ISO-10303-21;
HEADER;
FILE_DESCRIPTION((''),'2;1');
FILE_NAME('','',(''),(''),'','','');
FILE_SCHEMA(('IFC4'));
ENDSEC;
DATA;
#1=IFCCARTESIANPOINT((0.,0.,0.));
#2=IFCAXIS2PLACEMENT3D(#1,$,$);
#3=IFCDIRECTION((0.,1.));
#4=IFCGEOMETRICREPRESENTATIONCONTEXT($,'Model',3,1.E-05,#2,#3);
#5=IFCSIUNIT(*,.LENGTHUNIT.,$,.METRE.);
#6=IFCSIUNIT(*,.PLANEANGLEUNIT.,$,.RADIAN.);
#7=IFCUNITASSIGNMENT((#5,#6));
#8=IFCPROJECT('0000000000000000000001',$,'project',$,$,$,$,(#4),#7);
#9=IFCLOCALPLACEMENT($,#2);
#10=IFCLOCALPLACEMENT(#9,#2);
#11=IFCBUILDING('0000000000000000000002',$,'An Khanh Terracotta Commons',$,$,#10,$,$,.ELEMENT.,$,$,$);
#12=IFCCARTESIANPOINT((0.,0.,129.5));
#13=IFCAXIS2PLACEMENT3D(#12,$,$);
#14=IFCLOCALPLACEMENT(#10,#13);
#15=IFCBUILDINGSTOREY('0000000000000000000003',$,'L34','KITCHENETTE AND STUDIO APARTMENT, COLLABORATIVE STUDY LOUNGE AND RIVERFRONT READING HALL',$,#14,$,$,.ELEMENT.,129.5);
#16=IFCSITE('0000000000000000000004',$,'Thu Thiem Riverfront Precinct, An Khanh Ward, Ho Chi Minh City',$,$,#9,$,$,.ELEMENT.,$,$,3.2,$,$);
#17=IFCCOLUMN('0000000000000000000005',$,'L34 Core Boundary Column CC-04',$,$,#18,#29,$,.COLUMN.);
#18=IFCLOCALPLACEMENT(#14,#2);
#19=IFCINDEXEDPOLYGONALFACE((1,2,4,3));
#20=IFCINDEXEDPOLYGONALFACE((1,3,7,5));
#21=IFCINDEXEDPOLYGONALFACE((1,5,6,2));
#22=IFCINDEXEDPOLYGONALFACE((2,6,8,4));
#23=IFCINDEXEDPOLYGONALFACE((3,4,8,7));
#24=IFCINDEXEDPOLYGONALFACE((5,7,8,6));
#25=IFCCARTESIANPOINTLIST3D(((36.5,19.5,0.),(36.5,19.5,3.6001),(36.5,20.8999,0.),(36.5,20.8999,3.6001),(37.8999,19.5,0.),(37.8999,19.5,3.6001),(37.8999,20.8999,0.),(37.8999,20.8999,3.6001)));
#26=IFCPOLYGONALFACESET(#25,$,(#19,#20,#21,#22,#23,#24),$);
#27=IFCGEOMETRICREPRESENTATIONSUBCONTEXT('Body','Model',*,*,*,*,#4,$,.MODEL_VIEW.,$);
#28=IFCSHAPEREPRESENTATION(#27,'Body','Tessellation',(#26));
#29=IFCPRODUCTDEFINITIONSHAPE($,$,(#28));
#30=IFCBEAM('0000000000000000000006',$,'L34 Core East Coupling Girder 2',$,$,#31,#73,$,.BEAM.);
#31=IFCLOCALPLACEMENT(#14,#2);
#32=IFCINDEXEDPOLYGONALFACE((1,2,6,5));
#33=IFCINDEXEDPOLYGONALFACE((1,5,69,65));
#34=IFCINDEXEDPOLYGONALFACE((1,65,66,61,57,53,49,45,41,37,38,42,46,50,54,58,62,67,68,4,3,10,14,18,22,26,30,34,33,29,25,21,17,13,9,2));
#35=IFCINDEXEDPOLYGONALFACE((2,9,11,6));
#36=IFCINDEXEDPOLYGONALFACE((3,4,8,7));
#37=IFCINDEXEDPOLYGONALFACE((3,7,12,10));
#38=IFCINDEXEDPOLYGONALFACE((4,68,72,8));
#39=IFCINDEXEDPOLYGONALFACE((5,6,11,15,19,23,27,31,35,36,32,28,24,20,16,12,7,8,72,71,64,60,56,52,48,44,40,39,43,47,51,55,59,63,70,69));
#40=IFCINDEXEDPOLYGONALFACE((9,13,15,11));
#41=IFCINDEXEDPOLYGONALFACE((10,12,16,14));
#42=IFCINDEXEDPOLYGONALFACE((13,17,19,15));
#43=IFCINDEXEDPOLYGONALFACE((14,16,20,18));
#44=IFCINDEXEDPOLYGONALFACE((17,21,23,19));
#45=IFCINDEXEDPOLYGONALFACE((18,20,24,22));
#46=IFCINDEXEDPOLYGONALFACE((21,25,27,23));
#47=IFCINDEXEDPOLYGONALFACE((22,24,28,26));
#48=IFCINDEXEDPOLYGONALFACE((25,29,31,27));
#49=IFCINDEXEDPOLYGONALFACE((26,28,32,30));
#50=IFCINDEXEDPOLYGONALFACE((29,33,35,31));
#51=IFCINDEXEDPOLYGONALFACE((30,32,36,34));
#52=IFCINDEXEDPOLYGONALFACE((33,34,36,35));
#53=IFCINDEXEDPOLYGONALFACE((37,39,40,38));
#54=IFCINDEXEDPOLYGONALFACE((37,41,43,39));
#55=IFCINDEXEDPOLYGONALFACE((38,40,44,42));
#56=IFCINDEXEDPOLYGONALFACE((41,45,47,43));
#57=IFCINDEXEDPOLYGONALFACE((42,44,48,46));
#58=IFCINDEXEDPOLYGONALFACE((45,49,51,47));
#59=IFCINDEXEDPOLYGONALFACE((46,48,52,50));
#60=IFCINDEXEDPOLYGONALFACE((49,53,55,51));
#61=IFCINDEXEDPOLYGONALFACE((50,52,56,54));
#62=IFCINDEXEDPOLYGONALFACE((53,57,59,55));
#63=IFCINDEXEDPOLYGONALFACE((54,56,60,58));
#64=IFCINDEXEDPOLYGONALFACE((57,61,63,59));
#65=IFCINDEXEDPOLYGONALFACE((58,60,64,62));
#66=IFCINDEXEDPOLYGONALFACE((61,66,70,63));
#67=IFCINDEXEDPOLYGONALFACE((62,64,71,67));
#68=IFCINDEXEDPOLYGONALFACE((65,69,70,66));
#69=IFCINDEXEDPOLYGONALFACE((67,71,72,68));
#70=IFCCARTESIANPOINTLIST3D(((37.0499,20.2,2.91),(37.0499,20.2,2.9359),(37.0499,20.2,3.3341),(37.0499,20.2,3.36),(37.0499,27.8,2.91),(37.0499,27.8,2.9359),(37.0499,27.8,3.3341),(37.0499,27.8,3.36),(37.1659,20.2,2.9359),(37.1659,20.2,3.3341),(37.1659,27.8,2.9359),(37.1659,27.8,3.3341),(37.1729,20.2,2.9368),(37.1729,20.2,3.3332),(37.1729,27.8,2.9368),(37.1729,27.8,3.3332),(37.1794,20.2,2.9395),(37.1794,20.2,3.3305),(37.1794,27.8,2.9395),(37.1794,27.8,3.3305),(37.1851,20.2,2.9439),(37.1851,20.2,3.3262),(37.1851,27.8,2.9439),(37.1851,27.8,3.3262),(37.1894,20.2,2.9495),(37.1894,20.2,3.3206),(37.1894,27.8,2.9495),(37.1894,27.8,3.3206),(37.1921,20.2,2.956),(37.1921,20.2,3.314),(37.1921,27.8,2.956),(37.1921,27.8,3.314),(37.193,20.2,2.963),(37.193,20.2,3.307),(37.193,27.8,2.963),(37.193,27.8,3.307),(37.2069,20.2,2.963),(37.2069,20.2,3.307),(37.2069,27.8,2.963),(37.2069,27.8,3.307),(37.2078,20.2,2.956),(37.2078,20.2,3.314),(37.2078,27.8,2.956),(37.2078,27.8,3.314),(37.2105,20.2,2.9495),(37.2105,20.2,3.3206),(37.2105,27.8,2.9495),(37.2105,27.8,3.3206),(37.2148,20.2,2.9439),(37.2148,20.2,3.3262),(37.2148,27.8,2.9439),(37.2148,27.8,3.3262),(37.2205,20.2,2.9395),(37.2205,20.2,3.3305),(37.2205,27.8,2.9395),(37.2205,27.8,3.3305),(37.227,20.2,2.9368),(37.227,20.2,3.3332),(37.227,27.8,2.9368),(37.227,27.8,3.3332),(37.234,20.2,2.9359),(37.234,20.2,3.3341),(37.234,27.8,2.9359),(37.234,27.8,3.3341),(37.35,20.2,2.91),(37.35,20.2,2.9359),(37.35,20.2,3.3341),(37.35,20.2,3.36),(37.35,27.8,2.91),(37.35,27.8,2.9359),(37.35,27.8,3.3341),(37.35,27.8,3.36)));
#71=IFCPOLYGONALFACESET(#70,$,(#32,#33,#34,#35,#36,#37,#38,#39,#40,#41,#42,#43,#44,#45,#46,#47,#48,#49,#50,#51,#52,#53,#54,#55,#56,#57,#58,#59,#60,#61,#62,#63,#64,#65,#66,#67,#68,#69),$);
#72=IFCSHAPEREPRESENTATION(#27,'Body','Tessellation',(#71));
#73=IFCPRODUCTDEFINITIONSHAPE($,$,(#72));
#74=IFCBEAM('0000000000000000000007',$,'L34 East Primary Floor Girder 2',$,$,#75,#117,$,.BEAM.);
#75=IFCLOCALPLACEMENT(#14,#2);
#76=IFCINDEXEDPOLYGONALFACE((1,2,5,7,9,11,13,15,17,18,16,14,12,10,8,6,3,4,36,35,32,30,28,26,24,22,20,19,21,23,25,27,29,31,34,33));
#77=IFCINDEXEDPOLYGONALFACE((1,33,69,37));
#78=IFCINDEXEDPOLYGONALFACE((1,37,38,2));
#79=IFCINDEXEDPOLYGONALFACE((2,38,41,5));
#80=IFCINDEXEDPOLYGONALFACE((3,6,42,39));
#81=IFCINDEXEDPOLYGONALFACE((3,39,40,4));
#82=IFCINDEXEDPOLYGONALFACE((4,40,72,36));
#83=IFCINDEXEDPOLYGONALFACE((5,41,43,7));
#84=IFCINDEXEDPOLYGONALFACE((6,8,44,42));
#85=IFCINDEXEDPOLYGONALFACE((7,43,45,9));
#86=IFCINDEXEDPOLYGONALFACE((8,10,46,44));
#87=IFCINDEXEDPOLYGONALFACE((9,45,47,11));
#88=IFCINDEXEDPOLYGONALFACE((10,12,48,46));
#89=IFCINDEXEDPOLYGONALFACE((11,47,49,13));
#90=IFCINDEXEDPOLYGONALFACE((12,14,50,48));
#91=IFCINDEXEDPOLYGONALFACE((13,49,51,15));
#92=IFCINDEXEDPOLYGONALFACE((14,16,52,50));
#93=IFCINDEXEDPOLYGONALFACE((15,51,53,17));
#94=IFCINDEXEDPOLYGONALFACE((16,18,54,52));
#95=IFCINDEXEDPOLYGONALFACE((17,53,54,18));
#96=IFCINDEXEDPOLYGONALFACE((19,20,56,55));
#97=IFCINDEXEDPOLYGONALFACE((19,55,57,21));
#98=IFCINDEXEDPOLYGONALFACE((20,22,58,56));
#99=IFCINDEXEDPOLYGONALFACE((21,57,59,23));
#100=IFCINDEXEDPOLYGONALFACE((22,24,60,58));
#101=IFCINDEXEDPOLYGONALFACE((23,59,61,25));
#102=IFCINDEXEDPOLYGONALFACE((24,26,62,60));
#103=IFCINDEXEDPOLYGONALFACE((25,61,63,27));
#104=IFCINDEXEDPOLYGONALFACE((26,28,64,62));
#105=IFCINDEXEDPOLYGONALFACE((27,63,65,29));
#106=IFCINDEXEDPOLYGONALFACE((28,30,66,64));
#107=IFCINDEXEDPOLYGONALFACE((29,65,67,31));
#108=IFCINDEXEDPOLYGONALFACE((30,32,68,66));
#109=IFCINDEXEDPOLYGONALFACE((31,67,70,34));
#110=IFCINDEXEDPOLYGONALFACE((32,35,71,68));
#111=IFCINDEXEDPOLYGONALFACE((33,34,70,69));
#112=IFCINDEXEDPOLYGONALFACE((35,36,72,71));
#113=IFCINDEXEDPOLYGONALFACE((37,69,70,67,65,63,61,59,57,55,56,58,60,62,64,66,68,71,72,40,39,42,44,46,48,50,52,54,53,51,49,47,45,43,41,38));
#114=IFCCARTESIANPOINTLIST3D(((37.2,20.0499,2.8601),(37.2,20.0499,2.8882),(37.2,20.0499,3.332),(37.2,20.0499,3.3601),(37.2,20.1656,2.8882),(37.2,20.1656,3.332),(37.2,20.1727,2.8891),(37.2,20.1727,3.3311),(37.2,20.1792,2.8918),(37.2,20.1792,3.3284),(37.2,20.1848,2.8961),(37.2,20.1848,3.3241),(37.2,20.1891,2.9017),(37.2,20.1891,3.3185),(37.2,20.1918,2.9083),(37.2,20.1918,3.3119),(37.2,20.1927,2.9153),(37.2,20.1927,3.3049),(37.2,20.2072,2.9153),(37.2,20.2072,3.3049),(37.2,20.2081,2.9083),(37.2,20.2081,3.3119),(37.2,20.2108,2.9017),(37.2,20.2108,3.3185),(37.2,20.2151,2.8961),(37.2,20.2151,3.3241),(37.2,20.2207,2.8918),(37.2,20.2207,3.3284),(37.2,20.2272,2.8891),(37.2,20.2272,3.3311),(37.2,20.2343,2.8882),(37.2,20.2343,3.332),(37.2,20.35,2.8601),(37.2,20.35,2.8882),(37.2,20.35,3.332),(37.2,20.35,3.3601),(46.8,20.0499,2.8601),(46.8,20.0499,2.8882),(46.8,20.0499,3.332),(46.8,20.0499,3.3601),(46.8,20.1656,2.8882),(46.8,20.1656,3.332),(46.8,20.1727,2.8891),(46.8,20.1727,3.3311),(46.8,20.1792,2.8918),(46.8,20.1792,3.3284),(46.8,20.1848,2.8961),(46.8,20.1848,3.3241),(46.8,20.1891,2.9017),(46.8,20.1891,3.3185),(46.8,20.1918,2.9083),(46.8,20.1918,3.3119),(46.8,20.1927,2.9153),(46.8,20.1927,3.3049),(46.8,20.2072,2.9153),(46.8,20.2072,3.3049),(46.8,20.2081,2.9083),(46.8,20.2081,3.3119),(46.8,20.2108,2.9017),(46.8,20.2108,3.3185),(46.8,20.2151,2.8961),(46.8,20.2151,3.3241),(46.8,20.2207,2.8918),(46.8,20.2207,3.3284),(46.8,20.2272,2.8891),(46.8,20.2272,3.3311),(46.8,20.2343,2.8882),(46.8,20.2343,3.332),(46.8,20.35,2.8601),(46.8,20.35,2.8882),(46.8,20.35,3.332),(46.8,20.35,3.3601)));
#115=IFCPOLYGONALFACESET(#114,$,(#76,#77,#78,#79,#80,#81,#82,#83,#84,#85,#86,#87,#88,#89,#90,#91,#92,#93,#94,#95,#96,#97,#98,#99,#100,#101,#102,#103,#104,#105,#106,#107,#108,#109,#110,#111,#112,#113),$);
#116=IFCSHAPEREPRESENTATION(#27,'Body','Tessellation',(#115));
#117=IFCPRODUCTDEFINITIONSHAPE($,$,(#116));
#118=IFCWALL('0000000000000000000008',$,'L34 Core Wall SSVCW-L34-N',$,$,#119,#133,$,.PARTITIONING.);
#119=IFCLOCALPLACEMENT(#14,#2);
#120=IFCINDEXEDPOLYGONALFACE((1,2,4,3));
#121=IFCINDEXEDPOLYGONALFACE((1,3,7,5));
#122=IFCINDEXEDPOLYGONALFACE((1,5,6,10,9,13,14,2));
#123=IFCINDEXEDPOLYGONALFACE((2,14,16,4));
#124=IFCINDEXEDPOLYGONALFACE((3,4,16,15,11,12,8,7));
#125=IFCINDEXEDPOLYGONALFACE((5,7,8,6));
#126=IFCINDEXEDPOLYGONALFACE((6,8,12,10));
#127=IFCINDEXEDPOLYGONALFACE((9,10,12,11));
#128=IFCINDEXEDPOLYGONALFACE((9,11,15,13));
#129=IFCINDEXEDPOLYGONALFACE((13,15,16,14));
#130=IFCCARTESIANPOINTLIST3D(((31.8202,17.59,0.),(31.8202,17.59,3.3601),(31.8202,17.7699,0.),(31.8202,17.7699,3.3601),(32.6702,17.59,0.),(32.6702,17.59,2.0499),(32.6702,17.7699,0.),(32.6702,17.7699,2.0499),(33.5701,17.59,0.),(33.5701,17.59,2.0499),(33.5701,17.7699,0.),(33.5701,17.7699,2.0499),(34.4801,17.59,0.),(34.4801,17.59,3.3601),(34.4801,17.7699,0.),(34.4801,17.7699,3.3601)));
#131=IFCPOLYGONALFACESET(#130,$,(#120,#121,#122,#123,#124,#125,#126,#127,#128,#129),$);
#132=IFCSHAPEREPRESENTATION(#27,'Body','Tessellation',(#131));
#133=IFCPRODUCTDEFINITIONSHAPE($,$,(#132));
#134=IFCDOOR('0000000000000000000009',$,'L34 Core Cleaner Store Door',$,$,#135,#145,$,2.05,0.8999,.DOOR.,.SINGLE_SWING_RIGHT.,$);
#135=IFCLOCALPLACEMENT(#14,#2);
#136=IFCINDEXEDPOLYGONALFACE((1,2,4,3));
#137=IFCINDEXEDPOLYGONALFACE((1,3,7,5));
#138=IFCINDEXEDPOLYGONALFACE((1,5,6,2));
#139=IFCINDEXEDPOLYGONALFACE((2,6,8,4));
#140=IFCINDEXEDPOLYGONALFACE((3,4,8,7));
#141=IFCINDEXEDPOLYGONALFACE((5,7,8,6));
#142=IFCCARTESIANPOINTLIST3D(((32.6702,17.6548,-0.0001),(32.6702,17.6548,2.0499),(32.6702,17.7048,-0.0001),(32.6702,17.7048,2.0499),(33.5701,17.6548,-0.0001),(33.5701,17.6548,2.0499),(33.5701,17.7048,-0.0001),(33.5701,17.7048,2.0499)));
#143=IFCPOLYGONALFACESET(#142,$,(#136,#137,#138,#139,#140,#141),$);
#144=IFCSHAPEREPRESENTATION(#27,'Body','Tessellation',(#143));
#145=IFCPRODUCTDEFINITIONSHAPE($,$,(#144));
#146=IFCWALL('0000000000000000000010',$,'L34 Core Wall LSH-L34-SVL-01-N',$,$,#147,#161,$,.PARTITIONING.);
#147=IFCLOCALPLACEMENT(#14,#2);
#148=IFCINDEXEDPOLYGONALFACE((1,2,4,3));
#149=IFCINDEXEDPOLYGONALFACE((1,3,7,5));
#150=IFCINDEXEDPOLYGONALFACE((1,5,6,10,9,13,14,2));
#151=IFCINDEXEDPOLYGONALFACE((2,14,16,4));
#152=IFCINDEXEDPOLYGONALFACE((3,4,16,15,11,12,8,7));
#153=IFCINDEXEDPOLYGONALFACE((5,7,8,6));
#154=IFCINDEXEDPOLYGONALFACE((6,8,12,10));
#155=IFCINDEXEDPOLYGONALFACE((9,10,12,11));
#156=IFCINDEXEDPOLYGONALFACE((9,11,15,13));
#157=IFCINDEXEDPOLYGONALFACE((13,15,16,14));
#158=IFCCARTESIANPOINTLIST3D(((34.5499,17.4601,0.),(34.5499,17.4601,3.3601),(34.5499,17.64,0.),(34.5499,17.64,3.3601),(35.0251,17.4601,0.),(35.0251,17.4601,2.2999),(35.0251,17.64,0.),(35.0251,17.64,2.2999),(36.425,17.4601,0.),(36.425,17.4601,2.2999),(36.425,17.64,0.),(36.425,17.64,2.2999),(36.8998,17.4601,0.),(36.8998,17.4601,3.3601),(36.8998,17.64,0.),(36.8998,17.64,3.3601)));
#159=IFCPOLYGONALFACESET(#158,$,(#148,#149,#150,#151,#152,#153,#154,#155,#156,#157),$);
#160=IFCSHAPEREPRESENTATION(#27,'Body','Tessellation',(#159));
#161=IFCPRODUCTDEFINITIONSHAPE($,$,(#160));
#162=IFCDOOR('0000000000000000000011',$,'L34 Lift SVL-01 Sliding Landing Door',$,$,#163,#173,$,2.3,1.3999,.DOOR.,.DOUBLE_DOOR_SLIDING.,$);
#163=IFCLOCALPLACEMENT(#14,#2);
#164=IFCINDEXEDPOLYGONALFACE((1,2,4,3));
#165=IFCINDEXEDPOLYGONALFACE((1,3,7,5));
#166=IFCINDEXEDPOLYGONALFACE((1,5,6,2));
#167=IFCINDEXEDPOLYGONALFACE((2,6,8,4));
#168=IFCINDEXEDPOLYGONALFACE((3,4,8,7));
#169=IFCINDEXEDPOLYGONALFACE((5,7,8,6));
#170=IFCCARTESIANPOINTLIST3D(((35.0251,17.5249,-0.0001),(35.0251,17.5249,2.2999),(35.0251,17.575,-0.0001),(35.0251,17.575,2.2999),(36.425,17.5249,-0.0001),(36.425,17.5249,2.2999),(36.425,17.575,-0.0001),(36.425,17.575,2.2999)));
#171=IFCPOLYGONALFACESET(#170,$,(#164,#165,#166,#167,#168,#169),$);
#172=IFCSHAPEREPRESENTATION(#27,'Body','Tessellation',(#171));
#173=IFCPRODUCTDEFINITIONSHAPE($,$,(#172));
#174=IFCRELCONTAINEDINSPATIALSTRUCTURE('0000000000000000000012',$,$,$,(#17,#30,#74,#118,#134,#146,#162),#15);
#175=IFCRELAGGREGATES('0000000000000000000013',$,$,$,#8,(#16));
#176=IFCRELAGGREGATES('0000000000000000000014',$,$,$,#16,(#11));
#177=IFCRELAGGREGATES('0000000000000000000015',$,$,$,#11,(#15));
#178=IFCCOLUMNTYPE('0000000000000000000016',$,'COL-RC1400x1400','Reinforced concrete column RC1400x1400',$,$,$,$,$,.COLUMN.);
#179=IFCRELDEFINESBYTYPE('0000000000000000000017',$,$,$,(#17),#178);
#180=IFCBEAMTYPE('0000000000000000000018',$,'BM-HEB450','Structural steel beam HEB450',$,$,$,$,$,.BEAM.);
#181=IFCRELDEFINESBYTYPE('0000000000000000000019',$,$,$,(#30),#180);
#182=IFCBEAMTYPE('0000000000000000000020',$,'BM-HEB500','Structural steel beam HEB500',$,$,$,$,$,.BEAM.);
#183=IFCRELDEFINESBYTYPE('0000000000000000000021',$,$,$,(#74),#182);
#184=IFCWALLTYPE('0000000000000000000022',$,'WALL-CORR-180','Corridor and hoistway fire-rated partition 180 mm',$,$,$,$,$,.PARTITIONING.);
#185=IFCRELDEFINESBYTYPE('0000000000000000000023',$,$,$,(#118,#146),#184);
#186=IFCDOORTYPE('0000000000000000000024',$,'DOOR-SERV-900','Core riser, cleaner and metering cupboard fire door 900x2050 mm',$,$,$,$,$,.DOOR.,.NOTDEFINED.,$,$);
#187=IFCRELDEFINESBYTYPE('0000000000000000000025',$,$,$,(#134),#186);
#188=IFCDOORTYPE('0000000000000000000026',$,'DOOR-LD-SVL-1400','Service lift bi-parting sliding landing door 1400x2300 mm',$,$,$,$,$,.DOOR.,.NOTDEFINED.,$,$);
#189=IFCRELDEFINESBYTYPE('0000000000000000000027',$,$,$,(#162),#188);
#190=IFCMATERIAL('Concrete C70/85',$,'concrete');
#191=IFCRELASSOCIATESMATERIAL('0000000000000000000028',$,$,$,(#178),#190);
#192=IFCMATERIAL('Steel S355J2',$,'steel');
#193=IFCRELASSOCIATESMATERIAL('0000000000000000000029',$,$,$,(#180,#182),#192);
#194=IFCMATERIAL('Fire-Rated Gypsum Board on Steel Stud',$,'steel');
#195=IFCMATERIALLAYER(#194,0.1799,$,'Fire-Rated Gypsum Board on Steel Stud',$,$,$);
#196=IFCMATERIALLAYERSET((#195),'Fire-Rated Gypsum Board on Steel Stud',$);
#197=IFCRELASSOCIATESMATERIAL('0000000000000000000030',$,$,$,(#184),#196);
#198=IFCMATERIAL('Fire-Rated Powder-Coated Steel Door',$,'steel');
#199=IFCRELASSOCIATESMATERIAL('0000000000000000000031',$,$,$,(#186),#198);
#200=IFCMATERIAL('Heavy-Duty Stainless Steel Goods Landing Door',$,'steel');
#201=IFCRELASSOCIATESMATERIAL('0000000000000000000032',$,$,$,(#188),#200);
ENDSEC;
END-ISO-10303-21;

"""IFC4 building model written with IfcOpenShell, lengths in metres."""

from ifc_helpers import new_model, si_unit, direction, frame, frame_2d, origin, origin_2d, place, context, subcontext, project, spatial, rectangle, i_section, extrude, material, layer, layer_set, material_profile, profile_set, type_object, element, fill, save


model = new_model("IFC4")

# Units and contexts
model_context = context("Model", 3, precision=1e-05, world=origin(), true_north=direction((0.0, 1.0)))
body_context = subcontext(model_context, "Body", "Model", "MODEL_VIEW")
ifc_project = project(units=[si_unit("LENGTHUNIT", "METRE"), si_unit("PLANEANGLEUNIT", "RADIAN")], contexts=[model_context])

# Site, building, storey
site_placement = place(None, origin())
site = spatial("IfcSite", under=ifc_project, at=site_placement, Name="Thu Thiem Riverfront Precinct, An Khanh Ward, Ho Chi Minh City", CompositionType="ELEMENT", RefElevation=3.2)
building_placement = place(site_placement, origin())
building = spatial("IfcBuilding", under=site, at=building_placement, Name="An Khanh Terracotta Commons", CompositionType="ELEMENT")
storey_placement = place(building_placement, frame((0.0, 0.0, 129.5)))
storey = spatial("IfcBuildingStorey", under=building, at=storey_placement, Name="L34", Description="KITCHENETTE AND STUDIO APARTMENT, COLLABORATIVE STUDY LOUNGE AND RIVERFRONT READING HALL", CompositionType="ELEMENT", Elevation=129.5)

# Column
ifc_material_1 = material(Name="Concrete C70/85", Category="concrete")
ifc_material_profile_1 = material_profile(ifc_material_1, rectangle(XDim=1.3999, YDim=1.3999, at=origin_2d()), Name="RC1400x1400")
ifc_profile_set_1 = profile_set([ifc_material_profile_1], Name="Concrete C70/85")
column_type = type_object("IfcColumnType", Name="COL-RC1400x1400", Description="Reinforced concrete column RC1400x1400", PredefinedType="COLUMN", material=ifc_profile_set_1)
column_placement = place(storey_placement, frame((37.2, 20.2, 0.0), z_axis=(0.0, 0.0, 1.0), x_axis=(1.0, 0.0, 0.0)))
element("IfcColumn", 1, at=column_placement, inside=storey, type_object=column_type, Name="L34 Core Boundary Column CC-04", PredefinedType="COLUMN", context=body_context, shape_type="SweptSolid", body=[
    extrude(rectangle(XDim=1.3999, YDim=1.3999, at=origin_2d()), origin(), (0.0, 0.0, 1.0), 3.6001),
])

# Beams
ifc_material_2 = material(Name="Steel S355J2", Category="steel")
ifc_material_profile_2 = material_profile(ifc_material_2, i_section(OverallWidth=0.3, OverallDepth=0.45, WebThickness=0.0139, FlangeThickness=0.0259, FilletRadius=0.0271, at=origin_2d()), Name="HEB450")
ifc_profile_set_2 = profile_set([ifc_material_profile_2], Name="Steel S355J2")
beam_type_1 = type_object("IfcBeamType", Name="BM-HEB450", Description="Structural steel beam HEB450", PredefinedType="BEAM", material=ifc_profile_set_2)
beam_1_placement = place(storey_placement, frame((37.2, 20.2, 3.135), z_axis=(0.0, 1.0, 0.0), x_axis=(-1.0, 0.0, 0.0)))
element("IfcBeam", 2, at=beam_1_placement, inside=storey, type_object=beam_type_1, Name="L34 Core East Coupling Girder 2", PredefinedType="BEAM", context=body_context, shape_type="SweptSolid", body=[
    extrude(i_section(OverallWidth=0.3, OverallDepth=0.45, WebThickness=0.0139, FlangeThickness=0.0259, FilletRadius=0.0271, at=origin_2d()), origin(), (0.0, 0.0, 1.0), 7.6001),
])
ifc_material_profile_3 = material_profile(ifc_material_2, i_section(OverallWidth=0.3, OverallDepth=0.5, WebThickness=0.0144, FlangeThickness=0.0281, FilletRadius=0.0271, at=origin_2d()), Name="HEB500")
ifc_profile_set_3 = profile_set([ifc_material_profile_3], Name="Steel S355J2")
beam_type_2 = type_object("IfcBeamType", Name="BM-HEB500", Description="Structural steel beam HEB500", PredefinedType="BEAM", material=ifc_profile_set_3)
beam_2_placement = place(storey_placement, frame((37.2, 20.2, 3.1101), z_axis=(1.0, 0.0, 0.0), x_axis=(0.0, 1.0, 0.0)))
element("IfcBeam", 3, at=beam_2_placement, inside=storey, type_object=beam_type_2, Name="L34 East Primary Floor Girder 2", PredefinedType="BEAM", context=body_context, shape_type="SweptSolid", body=[
    extrude(i_section(OverallWidth=0.3, OverallDepth=0.5, WebThickness=0.0144, FlangeThickness=0.0281, FilletRadius=0.0271, at=origin_2d()), origin(), (0.0, 0.0, 1.0), 9.6001),
])

# Walls, openings, doors
ifc_material_3 = material(Name="Fire-Rated Gypsum Board on Steel Stud", Category="steel")
ifc_layer_1 = layer(ifc_material_3, 0.1799, Name="Fire-Rated Gypsum Board on Steel Stud")
ifc_layer_set_1 = layer_set([ifc_layer_1], Name="Fire-Rated Gypsum Board on Steel Stud")
wall_type_1 = type_object("IfcWallType", Name="WALL-CORR-180", Description="Corridor and hoistway fire-rated partition 180 mm", PredefinedType="PARTITIONING", material=ifc_layer_set_1)
wall_1_placement = place(storey_placement, frame((31.8201, 17.6799, 0.0), z_axis=(0.0, 0.0, 1.0), x_axis=(1.0, 0.0, 0.0)))
wall_1 = element("IfcWall", 4, at=wall_1_placement, inside=storey, type_object=wall_type_1, Name="L34 Core Wall SSVCW-L34-N", PredefinedType="PARTITIONING", context=body_context, shape_type="SweptSolid", body=[
    extrude(rectangle(XDim=2.6599, YDim=0.1799, at=frame_2d((1.3301, 0.0))), origin(), (0.0, 0.0, 1.0), 3.3601),
])
opening_1_placement = place(wall_1_placement, frame((0.8501, 0.0, 0.0)))
opening_1 = element("IfcOpeningElement", 5, at=opening_1_placement, cuts=wall_1, PredefinedType="OPENING", context=body_context, shape_type="SweptSolid", body=[
    extrude(rectangle(XDim=0.8999, YDim=2.05, at=frame_2d((0.45, 1.0249))), frame((0.0, 0.0999, 0.0), z_axis=(0.0, -1.0, 0.0), x_axis=(1.0, 0.0, 0.0)), (0.0, 0.0, 1.0), 0.2),
])
ifc_material_4 = material(Name="Fire-Rated Powder-Coated Steel Door", Category="steel")
door_type_1 = type_object("IfcDoorType", Name="DOOR-SERV-900", Description="Core riser, cleaner and metering cupboard fire door 900x2050 mm", OperationType="NOTDEFINED", PredefinedType="DOOR", material=ifc_material_4)
door_1_placement = place(opening_1_placement, origin())
door_1 = element("IfcDoor", 6, at=door_1_placement, inside=storey, type_object=door_type_1, Name="L34 Core Cleaner Store Door", OperationType="SINGLE_SWING_RIGHT", OverallHeight=2.05, OverallWidth=0.8999, PredefinedType="DOOR", context=body_context, shape_type="SweptSolid", body=[
    extrude(rectangle(XDim=0.8999, YDim=2.05, at=frame_2d((0.45, 1.0249))), frame((0.0, 0.0249, 0.0), z_axis=(0.0, -1.0, 0.0), x_axis=(1.0, 0.0, 0.0)), (0.0, 0.0, 1.0), 0.05),
])
fill(opening_1, door_1)
wall_2_placement = place(storey_placement, frame((34.55, 17.55, 0.0), z_axis=(0.0, 0.0, 1.0), x_axis=(1.0, 0.0, 0.0)))
wall_2 = element("IfcWall", 7, at=wall_2_placement, inside=storey, type_object=wall_type_1, Name="L34 Core Wall LSH-L34-SVL-01-N", PredefinedType="PARTITIONING", context=body_context, shape_type="SweptSolid", body=[
    extrude(rectangle(XDim=2.3499, YDim=0.1799, at=frame_2d((1.1748, 0.0))), origin(), (0.0, 0.0, 1.0), 3.3601),
])
opening_2_placement = place(wall_2_placement, frame((0.4751, 0.0, 0.0)))
opening_2 = element("IfcOpeningElement", 8, at=opening_2_placement, cuts=wall_2, PredefinedType="OPENING", context=body_context, shape_type="SweptSolid", body=[
    extrude(rectangle(XDim=1.3999, YDim=2.3, at=frame_2d((0.7, 1.1499))), frame((0.0, 0.0999, 0.0), z_axis=(0.0, -1.0, 0.0), x_axis=(1.0, 0.0, 0.0)), (0.0, 0.0, 1.0), 0.2),
])
ifc_material_5 = material(Name="Heavy-Duty Stainless Steel Goods Landing Door", Category="steel")
door_type_2 = type_object("IfcDoorType", Name="DOOR-LD-SVL-1400", Description="Service lift bi-parting sliding landing door 1400x2300 mm", OperationType="NOTDEFINED", PredefinedType="DOOR", material=ifc_material_5)
door_2_placement = place(opening_2_placement, origin())
door_2 = element("IfcDoor", 9, at=door_2_placement, inside=storey, type_object=door_type_2, Name="L34 Lift SVL-01 Sliding Landing Door", OperationType="DOUBLE_DOOR_SLIDING", OverallHeight=2.3, OverallWidth=1.3999, PredefinedType="DOOR", context=body_context, shape_type="SweptSolid", body=[
    extrude(rectangle(XDim=1.3999, YDim=2.3, at=frame_2d((0.7, 1.1499))), frame((0.0, 0.0249, 0.0), z_axis=(0.0, -1.0, 0.0), x_axis=(1.0, 0.0, 0.0)), (0.0, 0.0, 1.0), 0.05),
])
fill(opening_2, door_2)

save(model, "model.ifc")
